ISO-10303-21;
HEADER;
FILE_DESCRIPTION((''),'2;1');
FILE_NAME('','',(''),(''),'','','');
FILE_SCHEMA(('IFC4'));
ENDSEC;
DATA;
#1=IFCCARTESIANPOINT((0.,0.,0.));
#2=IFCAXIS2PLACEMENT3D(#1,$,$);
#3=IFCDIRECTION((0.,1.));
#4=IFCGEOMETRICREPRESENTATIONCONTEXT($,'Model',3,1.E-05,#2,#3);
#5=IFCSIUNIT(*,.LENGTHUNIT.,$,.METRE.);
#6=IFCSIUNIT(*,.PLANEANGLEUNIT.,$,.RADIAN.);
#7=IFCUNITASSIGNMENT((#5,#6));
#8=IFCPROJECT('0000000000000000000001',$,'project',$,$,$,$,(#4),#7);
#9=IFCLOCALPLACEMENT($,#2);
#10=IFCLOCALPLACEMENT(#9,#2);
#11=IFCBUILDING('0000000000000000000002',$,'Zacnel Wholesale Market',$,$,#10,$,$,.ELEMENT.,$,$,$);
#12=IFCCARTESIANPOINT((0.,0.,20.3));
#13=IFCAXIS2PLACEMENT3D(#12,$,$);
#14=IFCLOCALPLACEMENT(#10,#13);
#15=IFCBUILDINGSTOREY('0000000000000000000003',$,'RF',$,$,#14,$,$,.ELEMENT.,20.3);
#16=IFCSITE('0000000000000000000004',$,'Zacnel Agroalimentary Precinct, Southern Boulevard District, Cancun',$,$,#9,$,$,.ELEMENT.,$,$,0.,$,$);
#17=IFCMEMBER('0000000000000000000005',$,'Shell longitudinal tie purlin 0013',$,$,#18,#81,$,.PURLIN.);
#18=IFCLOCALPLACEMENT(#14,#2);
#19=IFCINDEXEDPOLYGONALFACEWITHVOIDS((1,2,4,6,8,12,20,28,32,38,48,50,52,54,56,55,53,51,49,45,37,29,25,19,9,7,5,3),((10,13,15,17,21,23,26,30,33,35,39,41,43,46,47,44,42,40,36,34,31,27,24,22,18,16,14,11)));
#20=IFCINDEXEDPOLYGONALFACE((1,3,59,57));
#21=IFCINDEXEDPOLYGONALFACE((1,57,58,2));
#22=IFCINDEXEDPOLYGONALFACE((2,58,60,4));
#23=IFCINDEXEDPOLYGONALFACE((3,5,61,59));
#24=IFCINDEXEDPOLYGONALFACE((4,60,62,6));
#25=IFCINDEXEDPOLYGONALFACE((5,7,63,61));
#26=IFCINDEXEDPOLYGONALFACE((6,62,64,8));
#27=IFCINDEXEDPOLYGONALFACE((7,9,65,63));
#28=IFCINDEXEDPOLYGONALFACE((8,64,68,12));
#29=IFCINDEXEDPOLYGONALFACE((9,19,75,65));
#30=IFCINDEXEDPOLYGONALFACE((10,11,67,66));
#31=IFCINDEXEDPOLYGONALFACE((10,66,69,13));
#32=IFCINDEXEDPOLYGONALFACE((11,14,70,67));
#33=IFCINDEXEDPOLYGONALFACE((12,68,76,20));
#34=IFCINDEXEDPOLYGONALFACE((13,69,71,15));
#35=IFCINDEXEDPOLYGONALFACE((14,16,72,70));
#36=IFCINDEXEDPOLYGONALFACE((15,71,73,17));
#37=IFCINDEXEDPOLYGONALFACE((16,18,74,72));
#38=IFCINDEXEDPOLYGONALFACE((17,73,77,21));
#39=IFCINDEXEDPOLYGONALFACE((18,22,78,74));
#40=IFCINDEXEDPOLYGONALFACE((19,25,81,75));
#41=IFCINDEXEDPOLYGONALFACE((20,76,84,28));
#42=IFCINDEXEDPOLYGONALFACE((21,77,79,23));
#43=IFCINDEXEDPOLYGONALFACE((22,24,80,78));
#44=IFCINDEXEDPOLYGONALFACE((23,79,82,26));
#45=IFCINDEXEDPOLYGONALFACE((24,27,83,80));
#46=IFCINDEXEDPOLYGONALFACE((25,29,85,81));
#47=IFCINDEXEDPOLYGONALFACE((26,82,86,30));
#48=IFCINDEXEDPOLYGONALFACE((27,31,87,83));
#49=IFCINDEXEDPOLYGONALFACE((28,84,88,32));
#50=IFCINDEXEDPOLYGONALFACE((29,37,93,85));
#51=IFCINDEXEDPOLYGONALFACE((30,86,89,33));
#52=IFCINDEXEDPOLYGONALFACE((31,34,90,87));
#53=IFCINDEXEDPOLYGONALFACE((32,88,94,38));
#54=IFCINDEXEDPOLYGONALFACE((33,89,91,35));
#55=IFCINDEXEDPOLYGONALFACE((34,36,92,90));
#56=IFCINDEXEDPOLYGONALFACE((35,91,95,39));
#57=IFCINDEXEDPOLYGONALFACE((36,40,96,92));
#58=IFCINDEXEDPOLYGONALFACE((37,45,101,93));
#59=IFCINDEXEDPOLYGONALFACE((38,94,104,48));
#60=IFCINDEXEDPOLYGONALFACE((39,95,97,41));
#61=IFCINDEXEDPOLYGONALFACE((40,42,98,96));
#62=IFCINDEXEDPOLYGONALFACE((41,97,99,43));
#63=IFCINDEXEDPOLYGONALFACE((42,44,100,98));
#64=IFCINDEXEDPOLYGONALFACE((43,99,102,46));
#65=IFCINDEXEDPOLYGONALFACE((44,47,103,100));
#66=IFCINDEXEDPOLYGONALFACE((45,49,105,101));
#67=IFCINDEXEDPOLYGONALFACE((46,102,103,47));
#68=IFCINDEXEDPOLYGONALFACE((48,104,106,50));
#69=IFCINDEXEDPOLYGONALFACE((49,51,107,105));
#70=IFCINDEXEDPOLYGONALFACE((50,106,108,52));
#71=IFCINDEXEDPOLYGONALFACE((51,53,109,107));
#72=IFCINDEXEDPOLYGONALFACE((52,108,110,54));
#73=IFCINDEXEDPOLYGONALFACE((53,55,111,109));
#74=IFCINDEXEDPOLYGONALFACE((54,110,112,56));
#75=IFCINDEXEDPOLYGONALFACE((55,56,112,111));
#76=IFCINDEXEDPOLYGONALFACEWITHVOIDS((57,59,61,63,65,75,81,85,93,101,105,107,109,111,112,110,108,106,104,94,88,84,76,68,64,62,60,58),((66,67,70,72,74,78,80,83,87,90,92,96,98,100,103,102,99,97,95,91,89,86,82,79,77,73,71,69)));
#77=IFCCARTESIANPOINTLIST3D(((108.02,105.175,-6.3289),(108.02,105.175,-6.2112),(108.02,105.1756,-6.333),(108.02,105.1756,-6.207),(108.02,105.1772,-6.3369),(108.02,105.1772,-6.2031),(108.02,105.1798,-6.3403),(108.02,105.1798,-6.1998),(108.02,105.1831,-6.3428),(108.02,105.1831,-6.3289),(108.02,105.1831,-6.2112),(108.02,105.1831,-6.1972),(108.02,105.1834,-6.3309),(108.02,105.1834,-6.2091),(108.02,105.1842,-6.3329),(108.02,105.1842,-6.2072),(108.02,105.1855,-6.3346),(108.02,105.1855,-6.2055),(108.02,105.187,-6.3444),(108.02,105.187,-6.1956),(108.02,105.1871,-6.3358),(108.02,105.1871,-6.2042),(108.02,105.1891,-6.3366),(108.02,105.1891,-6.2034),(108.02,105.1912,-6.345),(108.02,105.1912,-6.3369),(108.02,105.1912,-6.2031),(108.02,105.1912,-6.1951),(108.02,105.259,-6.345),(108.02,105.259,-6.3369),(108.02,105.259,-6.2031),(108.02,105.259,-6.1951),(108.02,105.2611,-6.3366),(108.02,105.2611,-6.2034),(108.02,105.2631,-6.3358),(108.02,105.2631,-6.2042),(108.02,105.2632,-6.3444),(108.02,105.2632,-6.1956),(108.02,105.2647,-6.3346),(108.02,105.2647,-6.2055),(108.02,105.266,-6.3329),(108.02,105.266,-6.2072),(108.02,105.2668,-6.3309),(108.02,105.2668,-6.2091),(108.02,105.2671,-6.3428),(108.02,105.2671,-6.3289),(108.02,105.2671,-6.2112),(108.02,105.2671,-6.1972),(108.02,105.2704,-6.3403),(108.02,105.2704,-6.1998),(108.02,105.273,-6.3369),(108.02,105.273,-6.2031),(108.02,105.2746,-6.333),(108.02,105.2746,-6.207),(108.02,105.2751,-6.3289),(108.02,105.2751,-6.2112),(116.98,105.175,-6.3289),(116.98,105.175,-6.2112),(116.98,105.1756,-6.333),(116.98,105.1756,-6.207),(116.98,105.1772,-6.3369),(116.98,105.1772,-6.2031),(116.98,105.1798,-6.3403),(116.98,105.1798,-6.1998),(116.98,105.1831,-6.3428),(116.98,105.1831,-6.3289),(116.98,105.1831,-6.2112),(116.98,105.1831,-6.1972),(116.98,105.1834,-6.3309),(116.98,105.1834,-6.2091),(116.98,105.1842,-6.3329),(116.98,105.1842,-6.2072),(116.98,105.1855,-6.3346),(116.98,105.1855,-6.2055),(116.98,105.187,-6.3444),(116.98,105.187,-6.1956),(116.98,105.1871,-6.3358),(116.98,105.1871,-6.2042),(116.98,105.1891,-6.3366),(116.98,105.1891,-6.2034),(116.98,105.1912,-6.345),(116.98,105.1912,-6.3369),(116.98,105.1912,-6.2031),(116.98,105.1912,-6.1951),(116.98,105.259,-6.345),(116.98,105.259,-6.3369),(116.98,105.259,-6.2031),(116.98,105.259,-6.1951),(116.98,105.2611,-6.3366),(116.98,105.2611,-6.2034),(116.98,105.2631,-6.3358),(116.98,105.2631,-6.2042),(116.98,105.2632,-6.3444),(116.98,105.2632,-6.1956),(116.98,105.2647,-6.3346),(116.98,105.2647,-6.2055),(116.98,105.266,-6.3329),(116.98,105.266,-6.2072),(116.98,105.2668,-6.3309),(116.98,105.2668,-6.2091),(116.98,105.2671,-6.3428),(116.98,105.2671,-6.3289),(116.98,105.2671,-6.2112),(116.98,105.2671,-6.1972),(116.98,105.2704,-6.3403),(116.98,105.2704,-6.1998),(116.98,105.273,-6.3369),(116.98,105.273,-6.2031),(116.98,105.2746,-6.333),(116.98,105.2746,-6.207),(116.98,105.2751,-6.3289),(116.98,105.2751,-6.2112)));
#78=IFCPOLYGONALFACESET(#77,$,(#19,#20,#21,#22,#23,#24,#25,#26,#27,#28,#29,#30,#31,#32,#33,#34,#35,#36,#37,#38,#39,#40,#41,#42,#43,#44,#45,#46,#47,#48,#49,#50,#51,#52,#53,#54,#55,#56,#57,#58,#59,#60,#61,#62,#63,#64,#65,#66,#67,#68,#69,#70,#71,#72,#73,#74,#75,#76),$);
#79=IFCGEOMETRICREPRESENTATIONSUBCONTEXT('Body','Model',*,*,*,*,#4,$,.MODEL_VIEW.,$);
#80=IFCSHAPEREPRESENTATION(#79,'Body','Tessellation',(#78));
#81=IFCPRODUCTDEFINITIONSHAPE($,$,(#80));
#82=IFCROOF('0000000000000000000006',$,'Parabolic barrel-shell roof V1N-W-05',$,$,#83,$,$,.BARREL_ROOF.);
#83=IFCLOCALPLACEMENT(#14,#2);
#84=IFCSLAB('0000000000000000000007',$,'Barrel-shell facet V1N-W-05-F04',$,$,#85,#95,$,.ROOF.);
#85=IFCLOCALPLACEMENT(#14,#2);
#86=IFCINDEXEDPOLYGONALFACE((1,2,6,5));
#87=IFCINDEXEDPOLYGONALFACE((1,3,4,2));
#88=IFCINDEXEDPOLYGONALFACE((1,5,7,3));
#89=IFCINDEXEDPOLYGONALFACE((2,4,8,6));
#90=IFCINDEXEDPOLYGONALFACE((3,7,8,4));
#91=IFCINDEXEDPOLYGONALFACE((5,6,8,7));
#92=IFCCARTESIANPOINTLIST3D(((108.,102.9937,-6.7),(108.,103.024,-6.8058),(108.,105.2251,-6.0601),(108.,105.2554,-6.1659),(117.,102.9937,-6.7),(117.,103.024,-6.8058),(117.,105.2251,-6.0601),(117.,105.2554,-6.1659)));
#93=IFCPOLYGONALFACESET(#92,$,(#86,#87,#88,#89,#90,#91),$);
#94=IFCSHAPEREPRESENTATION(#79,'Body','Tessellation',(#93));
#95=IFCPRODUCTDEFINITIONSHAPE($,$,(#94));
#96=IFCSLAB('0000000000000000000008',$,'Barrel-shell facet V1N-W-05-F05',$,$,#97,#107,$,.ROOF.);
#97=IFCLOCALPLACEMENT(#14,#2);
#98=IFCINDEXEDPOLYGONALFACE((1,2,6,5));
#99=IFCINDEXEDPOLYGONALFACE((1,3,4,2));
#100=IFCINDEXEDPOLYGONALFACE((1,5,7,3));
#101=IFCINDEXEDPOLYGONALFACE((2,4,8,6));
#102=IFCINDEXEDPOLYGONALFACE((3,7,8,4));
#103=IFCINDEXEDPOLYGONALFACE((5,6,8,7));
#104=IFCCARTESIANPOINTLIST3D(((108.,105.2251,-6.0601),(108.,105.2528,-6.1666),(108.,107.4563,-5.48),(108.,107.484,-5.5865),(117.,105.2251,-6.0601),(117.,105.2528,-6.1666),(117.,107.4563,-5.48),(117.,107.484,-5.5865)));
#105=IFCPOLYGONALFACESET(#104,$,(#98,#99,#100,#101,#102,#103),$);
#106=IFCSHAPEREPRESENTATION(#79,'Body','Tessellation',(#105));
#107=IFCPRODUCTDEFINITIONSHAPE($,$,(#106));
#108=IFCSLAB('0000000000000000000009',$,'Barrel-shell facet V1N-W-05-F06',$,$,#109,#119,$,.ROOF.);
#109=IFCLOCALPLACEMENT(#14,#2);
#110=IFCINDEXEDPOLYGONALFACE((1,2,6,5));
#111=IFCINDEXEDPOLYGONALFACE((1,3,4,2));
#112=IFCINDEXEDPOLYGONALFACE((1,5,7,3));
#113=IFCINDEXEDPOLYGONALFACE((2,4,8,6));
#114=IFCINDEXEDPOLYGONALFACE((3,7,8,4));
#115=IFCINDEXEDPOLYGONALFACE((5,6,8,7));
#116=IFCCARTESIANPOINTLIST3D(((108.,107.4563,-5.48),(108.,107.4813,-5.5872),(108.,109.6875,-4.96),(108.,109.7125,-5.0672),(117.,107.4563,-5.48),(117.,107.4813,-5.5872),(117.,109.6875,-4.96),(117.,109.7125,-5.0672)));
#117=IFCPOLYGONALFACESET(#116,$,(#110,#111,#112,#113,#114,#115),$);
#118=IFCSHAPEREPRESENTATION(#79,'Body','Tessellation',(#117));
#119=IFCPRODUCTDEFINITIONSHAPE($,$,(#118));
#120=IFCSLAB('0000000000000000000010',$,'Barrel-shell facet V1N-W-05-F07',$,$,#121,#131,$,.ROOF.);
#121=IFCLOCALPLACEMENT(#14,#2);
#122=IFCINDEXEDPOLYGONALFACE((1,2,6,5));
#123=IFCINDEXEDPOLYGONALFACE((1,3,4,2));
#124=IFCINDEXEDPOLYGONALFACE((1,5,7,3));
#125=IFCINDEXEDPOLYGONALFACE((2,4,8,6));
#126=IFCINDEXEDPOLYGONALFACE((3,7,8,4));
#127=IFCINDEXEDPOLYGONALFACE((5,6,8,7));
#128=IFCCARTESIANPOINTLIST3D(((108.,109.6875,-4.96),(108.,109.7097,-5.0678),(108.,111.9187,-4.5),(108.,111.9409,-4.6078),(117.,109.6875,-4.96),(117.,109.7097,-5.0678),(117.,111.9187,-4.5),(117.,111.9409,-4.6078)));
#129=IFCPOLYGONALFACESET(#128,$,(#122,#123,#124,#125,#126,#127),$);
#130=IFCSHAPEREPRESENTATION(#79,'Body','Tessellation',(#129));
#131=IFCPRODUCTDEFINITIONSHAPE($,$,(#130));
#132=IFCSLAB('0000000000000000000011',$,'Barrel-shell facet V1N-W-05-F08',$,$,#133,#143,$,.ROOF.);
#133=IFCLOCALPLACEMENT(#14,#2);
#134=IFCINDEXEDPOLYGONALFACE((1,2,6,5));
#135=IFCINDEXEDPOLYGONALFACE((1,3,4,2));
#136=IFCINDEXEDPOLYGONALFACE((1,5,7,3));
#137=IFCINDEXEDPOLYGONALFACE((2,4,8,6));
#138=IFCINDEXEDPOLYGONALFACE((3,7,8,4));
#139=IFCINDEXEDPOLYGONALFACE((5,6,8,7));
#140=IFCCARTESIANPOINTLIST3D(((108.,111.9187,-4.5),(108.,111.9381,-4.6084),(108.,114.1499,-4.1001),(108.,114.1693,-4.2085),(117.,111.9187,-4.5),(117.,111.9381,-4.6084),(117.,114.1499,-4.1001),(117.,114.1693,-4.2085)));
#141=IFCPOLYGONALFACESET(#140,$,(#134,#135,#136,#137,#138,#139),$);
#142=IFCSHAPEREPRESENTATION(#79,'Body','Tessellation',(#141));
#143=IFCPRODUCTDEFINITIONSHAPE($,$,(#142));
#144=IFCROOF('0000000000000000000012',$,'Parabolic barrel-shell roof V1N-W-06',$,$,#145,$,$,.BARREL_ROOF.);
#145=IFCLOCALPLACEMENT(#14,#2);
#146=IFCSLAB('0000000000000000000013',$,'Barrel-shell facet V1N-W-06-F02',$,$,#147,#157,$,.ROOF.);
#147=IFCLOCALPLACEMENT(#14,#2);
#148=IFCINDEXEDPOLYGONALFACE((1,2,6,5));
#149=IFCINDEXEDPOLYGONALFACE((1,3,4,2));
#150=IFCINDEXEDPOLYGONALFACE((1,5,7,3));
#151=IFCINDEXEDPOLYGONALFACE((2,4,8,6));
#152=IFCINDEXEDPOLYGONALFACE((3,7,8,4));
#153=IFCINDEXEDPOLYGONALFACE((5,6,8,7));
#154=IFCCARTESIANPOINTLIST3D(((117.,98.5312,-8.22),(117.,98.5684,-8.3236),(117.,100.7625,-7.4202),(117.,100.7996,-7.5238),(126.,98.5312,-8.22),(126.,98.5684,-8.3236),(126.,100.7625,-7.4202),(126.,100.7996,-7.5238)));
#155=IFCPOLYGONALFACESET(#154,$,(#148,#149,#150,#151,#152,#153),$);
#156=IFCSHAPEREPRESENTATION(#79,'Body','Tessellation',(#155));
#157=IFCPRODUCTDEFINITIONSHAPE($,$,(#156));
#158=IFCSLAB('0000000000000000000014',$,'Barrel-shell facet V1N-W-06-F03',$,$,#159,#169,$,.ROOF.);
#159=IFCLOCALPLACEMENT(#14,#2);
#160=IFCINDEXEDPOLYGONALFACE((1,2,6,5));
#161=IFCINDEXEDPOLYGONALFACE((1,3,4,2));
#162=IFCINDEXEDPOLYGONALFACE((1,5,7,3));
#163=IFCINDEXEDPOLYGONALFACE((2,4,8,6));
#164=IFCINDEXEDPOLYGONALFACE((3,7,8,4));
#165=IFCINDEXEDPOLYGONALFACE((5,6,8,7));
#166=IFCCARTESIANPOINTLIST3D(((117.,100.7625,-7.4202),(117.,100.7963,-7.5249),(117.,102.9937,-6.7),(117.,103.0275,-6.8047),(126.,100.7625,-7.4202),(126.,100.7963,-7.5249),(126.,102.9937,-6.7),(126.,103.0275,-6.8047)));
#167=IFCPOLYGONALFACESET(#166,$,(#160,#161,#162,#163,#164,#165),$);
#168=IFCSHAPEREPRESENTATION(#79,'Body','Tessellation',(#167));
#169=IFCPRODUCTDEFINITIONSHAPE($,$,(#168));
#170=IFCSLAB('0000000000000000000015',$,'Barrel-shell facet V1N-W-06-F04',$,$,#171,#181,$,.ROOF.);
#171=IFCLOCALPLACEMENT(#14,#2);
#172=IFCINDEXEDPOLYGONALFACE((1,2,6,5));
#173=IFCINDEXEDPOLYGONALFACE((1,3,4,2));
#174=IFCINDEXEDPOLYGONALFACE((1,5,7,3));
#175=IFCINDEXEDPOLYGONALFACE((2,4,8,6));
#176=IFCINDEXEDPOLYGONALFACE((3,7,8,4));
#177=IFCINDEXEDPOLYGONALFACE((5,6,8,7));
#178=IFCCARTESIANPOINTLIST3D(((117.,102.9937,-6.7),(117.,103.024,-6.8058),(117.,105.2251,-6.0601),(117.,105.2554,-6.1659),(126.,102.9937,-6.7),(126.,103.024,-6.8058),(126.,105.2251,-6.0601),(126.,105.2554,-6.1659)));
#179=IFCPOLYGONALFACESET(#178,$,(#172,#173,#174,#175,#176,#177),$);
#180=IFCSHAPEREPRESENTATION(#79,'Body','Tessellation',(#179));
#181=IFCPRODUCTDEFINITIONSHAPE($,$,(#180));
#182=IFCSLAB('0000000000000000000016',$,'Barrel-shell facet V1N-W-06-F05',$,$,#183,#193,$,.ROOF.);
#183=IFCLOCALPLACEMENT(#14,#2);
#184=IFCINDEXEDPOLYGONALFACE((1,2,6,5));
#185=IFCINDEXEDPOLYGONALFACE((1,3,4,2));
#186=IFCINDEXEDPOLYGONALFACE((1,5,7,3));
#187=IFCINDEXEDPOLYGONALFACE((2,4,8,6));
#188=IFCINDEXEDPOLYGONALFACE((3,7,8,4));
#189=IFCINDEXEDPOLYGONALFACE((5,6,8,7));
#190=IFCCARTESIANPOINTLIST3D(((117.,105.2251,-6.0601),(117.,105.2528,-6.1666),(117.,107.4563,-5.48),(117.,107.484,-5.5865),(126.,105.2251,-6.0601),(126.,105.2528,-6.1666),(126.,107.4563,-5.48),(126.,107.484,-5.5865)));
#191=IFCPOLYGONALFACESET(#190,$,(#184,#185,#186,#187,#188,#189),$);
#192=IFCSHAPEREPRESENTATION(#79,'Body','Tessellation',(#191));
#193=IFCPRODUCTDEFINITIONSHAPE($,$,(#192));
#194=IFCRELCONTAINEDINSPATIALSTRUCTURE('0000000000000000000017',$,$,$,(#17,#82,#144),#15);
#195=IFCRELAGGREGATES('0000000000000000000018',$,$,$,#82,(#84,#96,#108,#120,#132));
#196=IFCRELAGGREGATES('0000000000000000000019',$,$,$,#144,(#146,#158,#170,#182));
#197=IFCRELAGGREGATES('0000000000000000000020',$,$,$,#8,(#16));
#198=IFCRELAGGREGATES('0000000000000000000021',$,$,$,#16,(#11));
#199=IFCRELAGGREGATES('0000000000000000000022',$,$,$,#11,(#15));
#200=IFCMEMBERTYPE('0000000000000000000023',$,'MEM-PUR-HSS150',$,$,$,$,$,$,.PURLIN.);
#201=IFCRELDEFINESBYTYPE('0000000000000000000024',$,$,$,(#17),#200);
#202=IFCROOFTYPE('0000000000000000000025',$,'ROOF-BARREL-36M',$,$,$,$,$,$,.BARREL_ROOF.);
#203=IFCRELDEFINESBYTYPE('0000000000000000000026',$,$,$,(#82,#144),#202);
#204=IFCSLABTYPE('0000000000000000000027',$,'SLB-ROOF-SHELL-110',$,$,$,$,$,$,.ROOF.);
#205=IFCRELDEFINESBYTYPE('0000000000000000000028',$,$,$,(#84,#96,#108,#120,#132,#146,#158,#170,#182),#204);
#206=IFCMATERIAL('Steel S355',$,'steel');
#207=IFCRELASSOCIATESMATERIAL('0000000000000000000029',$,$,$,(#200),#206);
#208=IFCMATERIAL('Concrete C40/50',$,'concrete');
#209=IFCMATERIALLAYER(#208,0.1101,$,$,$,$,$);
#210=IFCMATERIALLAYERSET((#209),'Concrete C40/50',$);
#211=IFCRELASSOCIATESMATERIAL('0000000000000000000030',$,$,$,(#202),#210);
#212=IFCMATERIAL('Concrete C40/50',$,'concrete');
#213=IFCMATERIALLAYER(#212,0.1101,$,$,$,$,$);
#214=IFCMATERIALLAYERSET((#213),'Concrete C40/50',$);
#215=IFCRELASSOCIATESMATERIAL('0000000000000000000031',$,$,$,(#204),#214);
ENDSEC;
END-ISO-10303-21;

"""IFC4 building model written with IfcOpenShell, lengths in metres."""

from ifc_helpers import new_model, si_unit, direction, frame, origin, origin_2d, place, context, subcontext, project, spatial, polyline, hollow_rectangle, outline, extrude, material, layer, layer_set, material_profile, profile_set, type_object, element, aggregate, save


model = new_model("IFC4")

# Units and contexts
model_context = context("Model", 3, precision=1e-05, world=origin(), true_north=direction((0.0, 1.0)))
body_context = subcontext(model_context, "Body", "Model", "MODEL_VIEW")
ifc_project = project(units=[si_unit("LENGTHUNIT", "METRE"), si_unit("PLANEANGLEUNIT", "RADIAN")], contexts=[model_context])

# Site, building, storey
site_placement = place(None, origin())
site = spatial("IfcSite", under=ifc_project, at=site_placement, Name="Zacnel Agroalimentary Precinct, Southern Boulevard District, Cancun", CompositionType="ELEMENT", RefElevation=0.0)
building_placement = place(site_placement, origin())
building = spatial("IfcBuilding", under=site, at=building_placement, Name="Zacnel Wholesale Market", CompositionType="ELEMENT")
storey_placement = place(building_placement, frame((0.0, 0.0, 20.3)))
storey = spatial("IfcBuildingStorey", under=building, at=storey_placement, Name="RF", CompositionType="ELEMENT", Elevation=20.3)

# Member
ifc_material_1 = material(Name="Steel S355", Category="steel")
ifc_material_profile_1 = material_profile(ifc_material_1, hollow_rectangle(XDim=0.1001, YDim=0.1499, WallThickness=0.0081, InnerFilletRadius=0.0081, OuterFilletRadius=0.0161, at=origin_2d()), Name="HSS 150x100x8")
ifc_profile_set_1 = profile_set([ifc_material_profile_1], Name="Steel S355")
member_type = type_object("IfcMemberType", Name="MEM-PUR-HSS150", PredefinedType="PURLIN", material=ifc_profile_set_1)
member_placement = place(storey_placement, frame((108.02, 105.2251, -6.27), z_axis=(1.0, 0.0, 0.0), x_axis=(0.0, 1.0, 0.0)))
element("IfcMember", 1, at=member_placement, inside=storey, type_object=member_type, Name="Shell longitudinal tie purlin 0013", PredefinedType="PURLIN", context=body_context, shape_type="SweptSolid", body=[
    extrude(hollow_rectangle(XDim=0.1001, YDim=0.1499, WallThickness=0.0081, InnerFilletRadius=0.0081, OuterFilletRadius=0.0161, at=origin_2d()), origin(), (0.0, 0.0, 1.0), 8.96),
])

# Roofs, slabs
ifc_material_2 = material(Name="Concrete C40/50", Category="concrete")
ifc_layer_1 = layer(ifc_material_2, 0.1101)
ifc_layer_set_1 = layer_set([ifc_layer_1], Name="Concrete C40/50")
roof_type = type_object("IfcRoofType", Name="ROOF-BARREL-36M", PredefinedType="BARREL_ROOF", material=ifc_layer_set_1)
roof_1_placement = place(storey_placement, origin())
roof_1 = element("IfcRoof", 2, at=roof_1_placement, inside=storey, type_object=roof_type, Name="Parabolic barrel-shell roof V1N-W-05", PredefinedType="BARREL_ROOF")
ifc_material_3 = material(Name="Concrete C40/50", Category="concrete")
ifc_layer_2 = layer(ifc_material_3, 0.1101)
ifc_layer_set_2 = layer_set([ifc_layer_2], Name="Concrete C40/50")
slab_type = type_object("IfcSlabType", Name="SLB-ROOF-SHELL-110", PredefinedType="ROOF", material=ifc_layer_set_2)
slab_1_placement = place(storey_placement, frame((108.0, 102.9937, -6.7), z_axis=(0.0, -0.275652, 0.961258), x_axis=(1.0, 0.0, 0.0)))
slab_1 = element("IfcSlab", 3, at=slab_1_placement, type_object=slab_type, Name="Barrel-shell facet V1N-W-05-F04", PredefinedType="ROOF", context=body_context, shape_type="SweptSolid", body=[
    extrude(outline(polyline([(0.0, 0.0), (9.0, 0.0), (9.0, 2.3214), (0.0, 2.3214), (0.0, 0.0)])), origin(), (0.0, 0.0, -1.0), 0.1101),
])
slab_2_placement = place(storey_placement, frame((108.0, 105.2251, -6.0601), z_axis=(0.0, -0.25162, 0.967826), x_axis=(1.0, 0.0, 0.0)))
slab_2 = element("IfcSlab", 4, at=slab_2_placement, type_object=slab_type, Name="Barrel-shell facet V1N-W-05-F05", PredefinedType="ROOF", context=body_context, shape_type="SweptSolid", body=[
    extrude(outline(polyline([(0.0, 0.0), (9.0, 0.0), (9.0, 2.3054), (0.0, 2.3054), (0.0, 0.0)])), origin(), (0.0, 0.0, -1.0), 0.1101),
])
slab_3_placement = place(storey_placement, frame((108.0, 107.4563, -5.48), z_axis=(0.0, -0.226984, 0.973899), x_axis=(1.0, 0.0, 0.0)))
slab_3 = element("IfcSlab", 5, at=slab_3_placement, type_object=slab_type, Name="Barrel-shell facet V1N-W-05-F06", PredefinedType="ROOF", context=body_context, shape_type="SweptSolid", body=[
    extrude(outline(polyline([(0.0, 0.0), (9.0, 0.0), (9.0, 2.291), (0.0, 2.291), (0.0, 0.0)])), origin(), (0.0, 0.0, -1.0), 0.1101),
])
slab_4_placement = place(storey_placement, frame((108.0, 109.6875, -4.96), z_axis=(0.0, -0.201904, 0.979405), x_axis=(1.0, 0.0, 0.0)))
slab_4 = element("IfcSlab", 6, at=slab_4_placement, type_object=slab_type, Name="Barrel-shell facet V1N-W-05-F07", PredefinedType="ROOF", context=body_context, shape_type="SweptSolid", body=[
    extrude(outline(polyline([(0.0, 0.0), (9.0, 0.0), (9.0, 2.2781), (0.0, 2.2781), (0.0, 0.0)])), origin(), (0.0, 0.0, -1.0), 0.1101),
])
slab_5_placement = place(storey_placement, frame((108.0, 111.9187, -4.5), z_axis=(0.0, -0.176421, 0.984315), x_axis=(1.0, 0.0, 0.0)))
slab_5 = element("IfcSlab", 7, at=slab_5_placement, type_object=slab_type, Name="Barrel-shell facet V1N-W-05-F08", PredefinedType="ROOF", context=body_context, shape_type="SweptSolid", body=[
    extrude(outline(polyline([(0.0, 0.0), (9.0, 0.0), (9.0, 2.2668), (0.0, 2.2668), (0.0, 0.0)])), origin(), (0.0, 0.0, -1.0), 0.1101),
])
aggregate(roof_1, [slab_1, slab_2, slab_3, slab_4, slab_5])
roof_2_placement = place(storey_placement, origin())
roof_2 = element("IfcRoof", 8, at=roof_2_placement, inside=storey, type_object=roof_type, Name="Parabolic barrel-shell roof V1N-W-06", PredefinedType="BARREL_ROOF")
slab_6_placement = place(storey_placement, frame((117.0, 98.5312, -8.22), z_axis=(0.0, -0.337439, 0.941347), x_axis=(1.0, 0.0, 0.0)))
slab_6 = element("IfcSlab", 9, at=slab_6_placement, type_object=slab_type, Name="Barrel-shell facet V1N-W-06-F02", PredefinedType="ROOF", context=body_context, shape_type="SweptSolid", body=[
    extrude(outline(polyline([(0.0, 0.0), (9.0, 0.0), (9.0, 2.3702), (0.0, 2.3702), (0.0, 0.0)])), origin(), (0.0, 0.0, -1.0), 0.1101),
])
slab_7_placement = place(storey_placement, frame((117.0, 100.7625, -7.4202), z_axis=(0.0, -0.307185, 0.95165), x_axis=(1.0, 0.0, 0.0)))
slab_7 = element("IfcSlab", 10, at=slab_7_placement, type_object=slab_type, Name="Barrel-shell facet V1N-W-06-F03", PredefinedType="ROOF", context=body_context, shape_type="SweptSolid", body=[
    extrude(outline(polyline([(0.0, 0.0), (9.0, 0.0), (9.0, 2.3446), (0.0, 2.3446), (0.0, 0.0)])), origin(), (0.0, 0.0, -1.0), 0.1101),
])
slab_8_placement = place(storey_placement, frame((117.0, 102.9937, -6.7), z_axis=(0.0, -0.275652, 0.961258), x_axis=(1.0, 0.0, 0.0)))
slab_8 = element("IfcSlab", 11, at=slab_8_placement, type_object=slab_type, Name="Barrel-shell facet V1N-W-06-F04", PredefinedType="ROOF", context=body_context, shape_type="SweptSolid", body=[
    extrude(outline(polyline([(0.0, 0.0), (9.0, 0.0), (9.0, 2.3214), (0.0, 2.3214), (0.0, 0.0)])), origin(), (0.0, 0.0, -1.0), 0.1101),
])
slab_9_placement = place(storey_placement, frame((117.0, 105.2251, -6.0601), z_axis=(0.0, -0.25162, 0.967826), x_axis=(1.0, 0.0, 0.0)))
slab_9 = element("IfcSlab", 12, at=slab_9_placement, type_object=slab_type, Name="Barrel-shell facet V1N-W-06-F05", PredefinedType="ROOF", context=body_context, shape_type="SweptSolid", body=[
    extrude(outline(polyline([(0.0, 0.0), (9.0, 0.0), (9.0, 2.3054), (0.0, 2.3054), (0.0, 0.0)])), origin(), (0.0, 0.0, -1.0), 0.1101),
])
aggregate(roof_2, [slab_6, slab_7, slab_8, slab_9])

save(model, "model.ifc")
